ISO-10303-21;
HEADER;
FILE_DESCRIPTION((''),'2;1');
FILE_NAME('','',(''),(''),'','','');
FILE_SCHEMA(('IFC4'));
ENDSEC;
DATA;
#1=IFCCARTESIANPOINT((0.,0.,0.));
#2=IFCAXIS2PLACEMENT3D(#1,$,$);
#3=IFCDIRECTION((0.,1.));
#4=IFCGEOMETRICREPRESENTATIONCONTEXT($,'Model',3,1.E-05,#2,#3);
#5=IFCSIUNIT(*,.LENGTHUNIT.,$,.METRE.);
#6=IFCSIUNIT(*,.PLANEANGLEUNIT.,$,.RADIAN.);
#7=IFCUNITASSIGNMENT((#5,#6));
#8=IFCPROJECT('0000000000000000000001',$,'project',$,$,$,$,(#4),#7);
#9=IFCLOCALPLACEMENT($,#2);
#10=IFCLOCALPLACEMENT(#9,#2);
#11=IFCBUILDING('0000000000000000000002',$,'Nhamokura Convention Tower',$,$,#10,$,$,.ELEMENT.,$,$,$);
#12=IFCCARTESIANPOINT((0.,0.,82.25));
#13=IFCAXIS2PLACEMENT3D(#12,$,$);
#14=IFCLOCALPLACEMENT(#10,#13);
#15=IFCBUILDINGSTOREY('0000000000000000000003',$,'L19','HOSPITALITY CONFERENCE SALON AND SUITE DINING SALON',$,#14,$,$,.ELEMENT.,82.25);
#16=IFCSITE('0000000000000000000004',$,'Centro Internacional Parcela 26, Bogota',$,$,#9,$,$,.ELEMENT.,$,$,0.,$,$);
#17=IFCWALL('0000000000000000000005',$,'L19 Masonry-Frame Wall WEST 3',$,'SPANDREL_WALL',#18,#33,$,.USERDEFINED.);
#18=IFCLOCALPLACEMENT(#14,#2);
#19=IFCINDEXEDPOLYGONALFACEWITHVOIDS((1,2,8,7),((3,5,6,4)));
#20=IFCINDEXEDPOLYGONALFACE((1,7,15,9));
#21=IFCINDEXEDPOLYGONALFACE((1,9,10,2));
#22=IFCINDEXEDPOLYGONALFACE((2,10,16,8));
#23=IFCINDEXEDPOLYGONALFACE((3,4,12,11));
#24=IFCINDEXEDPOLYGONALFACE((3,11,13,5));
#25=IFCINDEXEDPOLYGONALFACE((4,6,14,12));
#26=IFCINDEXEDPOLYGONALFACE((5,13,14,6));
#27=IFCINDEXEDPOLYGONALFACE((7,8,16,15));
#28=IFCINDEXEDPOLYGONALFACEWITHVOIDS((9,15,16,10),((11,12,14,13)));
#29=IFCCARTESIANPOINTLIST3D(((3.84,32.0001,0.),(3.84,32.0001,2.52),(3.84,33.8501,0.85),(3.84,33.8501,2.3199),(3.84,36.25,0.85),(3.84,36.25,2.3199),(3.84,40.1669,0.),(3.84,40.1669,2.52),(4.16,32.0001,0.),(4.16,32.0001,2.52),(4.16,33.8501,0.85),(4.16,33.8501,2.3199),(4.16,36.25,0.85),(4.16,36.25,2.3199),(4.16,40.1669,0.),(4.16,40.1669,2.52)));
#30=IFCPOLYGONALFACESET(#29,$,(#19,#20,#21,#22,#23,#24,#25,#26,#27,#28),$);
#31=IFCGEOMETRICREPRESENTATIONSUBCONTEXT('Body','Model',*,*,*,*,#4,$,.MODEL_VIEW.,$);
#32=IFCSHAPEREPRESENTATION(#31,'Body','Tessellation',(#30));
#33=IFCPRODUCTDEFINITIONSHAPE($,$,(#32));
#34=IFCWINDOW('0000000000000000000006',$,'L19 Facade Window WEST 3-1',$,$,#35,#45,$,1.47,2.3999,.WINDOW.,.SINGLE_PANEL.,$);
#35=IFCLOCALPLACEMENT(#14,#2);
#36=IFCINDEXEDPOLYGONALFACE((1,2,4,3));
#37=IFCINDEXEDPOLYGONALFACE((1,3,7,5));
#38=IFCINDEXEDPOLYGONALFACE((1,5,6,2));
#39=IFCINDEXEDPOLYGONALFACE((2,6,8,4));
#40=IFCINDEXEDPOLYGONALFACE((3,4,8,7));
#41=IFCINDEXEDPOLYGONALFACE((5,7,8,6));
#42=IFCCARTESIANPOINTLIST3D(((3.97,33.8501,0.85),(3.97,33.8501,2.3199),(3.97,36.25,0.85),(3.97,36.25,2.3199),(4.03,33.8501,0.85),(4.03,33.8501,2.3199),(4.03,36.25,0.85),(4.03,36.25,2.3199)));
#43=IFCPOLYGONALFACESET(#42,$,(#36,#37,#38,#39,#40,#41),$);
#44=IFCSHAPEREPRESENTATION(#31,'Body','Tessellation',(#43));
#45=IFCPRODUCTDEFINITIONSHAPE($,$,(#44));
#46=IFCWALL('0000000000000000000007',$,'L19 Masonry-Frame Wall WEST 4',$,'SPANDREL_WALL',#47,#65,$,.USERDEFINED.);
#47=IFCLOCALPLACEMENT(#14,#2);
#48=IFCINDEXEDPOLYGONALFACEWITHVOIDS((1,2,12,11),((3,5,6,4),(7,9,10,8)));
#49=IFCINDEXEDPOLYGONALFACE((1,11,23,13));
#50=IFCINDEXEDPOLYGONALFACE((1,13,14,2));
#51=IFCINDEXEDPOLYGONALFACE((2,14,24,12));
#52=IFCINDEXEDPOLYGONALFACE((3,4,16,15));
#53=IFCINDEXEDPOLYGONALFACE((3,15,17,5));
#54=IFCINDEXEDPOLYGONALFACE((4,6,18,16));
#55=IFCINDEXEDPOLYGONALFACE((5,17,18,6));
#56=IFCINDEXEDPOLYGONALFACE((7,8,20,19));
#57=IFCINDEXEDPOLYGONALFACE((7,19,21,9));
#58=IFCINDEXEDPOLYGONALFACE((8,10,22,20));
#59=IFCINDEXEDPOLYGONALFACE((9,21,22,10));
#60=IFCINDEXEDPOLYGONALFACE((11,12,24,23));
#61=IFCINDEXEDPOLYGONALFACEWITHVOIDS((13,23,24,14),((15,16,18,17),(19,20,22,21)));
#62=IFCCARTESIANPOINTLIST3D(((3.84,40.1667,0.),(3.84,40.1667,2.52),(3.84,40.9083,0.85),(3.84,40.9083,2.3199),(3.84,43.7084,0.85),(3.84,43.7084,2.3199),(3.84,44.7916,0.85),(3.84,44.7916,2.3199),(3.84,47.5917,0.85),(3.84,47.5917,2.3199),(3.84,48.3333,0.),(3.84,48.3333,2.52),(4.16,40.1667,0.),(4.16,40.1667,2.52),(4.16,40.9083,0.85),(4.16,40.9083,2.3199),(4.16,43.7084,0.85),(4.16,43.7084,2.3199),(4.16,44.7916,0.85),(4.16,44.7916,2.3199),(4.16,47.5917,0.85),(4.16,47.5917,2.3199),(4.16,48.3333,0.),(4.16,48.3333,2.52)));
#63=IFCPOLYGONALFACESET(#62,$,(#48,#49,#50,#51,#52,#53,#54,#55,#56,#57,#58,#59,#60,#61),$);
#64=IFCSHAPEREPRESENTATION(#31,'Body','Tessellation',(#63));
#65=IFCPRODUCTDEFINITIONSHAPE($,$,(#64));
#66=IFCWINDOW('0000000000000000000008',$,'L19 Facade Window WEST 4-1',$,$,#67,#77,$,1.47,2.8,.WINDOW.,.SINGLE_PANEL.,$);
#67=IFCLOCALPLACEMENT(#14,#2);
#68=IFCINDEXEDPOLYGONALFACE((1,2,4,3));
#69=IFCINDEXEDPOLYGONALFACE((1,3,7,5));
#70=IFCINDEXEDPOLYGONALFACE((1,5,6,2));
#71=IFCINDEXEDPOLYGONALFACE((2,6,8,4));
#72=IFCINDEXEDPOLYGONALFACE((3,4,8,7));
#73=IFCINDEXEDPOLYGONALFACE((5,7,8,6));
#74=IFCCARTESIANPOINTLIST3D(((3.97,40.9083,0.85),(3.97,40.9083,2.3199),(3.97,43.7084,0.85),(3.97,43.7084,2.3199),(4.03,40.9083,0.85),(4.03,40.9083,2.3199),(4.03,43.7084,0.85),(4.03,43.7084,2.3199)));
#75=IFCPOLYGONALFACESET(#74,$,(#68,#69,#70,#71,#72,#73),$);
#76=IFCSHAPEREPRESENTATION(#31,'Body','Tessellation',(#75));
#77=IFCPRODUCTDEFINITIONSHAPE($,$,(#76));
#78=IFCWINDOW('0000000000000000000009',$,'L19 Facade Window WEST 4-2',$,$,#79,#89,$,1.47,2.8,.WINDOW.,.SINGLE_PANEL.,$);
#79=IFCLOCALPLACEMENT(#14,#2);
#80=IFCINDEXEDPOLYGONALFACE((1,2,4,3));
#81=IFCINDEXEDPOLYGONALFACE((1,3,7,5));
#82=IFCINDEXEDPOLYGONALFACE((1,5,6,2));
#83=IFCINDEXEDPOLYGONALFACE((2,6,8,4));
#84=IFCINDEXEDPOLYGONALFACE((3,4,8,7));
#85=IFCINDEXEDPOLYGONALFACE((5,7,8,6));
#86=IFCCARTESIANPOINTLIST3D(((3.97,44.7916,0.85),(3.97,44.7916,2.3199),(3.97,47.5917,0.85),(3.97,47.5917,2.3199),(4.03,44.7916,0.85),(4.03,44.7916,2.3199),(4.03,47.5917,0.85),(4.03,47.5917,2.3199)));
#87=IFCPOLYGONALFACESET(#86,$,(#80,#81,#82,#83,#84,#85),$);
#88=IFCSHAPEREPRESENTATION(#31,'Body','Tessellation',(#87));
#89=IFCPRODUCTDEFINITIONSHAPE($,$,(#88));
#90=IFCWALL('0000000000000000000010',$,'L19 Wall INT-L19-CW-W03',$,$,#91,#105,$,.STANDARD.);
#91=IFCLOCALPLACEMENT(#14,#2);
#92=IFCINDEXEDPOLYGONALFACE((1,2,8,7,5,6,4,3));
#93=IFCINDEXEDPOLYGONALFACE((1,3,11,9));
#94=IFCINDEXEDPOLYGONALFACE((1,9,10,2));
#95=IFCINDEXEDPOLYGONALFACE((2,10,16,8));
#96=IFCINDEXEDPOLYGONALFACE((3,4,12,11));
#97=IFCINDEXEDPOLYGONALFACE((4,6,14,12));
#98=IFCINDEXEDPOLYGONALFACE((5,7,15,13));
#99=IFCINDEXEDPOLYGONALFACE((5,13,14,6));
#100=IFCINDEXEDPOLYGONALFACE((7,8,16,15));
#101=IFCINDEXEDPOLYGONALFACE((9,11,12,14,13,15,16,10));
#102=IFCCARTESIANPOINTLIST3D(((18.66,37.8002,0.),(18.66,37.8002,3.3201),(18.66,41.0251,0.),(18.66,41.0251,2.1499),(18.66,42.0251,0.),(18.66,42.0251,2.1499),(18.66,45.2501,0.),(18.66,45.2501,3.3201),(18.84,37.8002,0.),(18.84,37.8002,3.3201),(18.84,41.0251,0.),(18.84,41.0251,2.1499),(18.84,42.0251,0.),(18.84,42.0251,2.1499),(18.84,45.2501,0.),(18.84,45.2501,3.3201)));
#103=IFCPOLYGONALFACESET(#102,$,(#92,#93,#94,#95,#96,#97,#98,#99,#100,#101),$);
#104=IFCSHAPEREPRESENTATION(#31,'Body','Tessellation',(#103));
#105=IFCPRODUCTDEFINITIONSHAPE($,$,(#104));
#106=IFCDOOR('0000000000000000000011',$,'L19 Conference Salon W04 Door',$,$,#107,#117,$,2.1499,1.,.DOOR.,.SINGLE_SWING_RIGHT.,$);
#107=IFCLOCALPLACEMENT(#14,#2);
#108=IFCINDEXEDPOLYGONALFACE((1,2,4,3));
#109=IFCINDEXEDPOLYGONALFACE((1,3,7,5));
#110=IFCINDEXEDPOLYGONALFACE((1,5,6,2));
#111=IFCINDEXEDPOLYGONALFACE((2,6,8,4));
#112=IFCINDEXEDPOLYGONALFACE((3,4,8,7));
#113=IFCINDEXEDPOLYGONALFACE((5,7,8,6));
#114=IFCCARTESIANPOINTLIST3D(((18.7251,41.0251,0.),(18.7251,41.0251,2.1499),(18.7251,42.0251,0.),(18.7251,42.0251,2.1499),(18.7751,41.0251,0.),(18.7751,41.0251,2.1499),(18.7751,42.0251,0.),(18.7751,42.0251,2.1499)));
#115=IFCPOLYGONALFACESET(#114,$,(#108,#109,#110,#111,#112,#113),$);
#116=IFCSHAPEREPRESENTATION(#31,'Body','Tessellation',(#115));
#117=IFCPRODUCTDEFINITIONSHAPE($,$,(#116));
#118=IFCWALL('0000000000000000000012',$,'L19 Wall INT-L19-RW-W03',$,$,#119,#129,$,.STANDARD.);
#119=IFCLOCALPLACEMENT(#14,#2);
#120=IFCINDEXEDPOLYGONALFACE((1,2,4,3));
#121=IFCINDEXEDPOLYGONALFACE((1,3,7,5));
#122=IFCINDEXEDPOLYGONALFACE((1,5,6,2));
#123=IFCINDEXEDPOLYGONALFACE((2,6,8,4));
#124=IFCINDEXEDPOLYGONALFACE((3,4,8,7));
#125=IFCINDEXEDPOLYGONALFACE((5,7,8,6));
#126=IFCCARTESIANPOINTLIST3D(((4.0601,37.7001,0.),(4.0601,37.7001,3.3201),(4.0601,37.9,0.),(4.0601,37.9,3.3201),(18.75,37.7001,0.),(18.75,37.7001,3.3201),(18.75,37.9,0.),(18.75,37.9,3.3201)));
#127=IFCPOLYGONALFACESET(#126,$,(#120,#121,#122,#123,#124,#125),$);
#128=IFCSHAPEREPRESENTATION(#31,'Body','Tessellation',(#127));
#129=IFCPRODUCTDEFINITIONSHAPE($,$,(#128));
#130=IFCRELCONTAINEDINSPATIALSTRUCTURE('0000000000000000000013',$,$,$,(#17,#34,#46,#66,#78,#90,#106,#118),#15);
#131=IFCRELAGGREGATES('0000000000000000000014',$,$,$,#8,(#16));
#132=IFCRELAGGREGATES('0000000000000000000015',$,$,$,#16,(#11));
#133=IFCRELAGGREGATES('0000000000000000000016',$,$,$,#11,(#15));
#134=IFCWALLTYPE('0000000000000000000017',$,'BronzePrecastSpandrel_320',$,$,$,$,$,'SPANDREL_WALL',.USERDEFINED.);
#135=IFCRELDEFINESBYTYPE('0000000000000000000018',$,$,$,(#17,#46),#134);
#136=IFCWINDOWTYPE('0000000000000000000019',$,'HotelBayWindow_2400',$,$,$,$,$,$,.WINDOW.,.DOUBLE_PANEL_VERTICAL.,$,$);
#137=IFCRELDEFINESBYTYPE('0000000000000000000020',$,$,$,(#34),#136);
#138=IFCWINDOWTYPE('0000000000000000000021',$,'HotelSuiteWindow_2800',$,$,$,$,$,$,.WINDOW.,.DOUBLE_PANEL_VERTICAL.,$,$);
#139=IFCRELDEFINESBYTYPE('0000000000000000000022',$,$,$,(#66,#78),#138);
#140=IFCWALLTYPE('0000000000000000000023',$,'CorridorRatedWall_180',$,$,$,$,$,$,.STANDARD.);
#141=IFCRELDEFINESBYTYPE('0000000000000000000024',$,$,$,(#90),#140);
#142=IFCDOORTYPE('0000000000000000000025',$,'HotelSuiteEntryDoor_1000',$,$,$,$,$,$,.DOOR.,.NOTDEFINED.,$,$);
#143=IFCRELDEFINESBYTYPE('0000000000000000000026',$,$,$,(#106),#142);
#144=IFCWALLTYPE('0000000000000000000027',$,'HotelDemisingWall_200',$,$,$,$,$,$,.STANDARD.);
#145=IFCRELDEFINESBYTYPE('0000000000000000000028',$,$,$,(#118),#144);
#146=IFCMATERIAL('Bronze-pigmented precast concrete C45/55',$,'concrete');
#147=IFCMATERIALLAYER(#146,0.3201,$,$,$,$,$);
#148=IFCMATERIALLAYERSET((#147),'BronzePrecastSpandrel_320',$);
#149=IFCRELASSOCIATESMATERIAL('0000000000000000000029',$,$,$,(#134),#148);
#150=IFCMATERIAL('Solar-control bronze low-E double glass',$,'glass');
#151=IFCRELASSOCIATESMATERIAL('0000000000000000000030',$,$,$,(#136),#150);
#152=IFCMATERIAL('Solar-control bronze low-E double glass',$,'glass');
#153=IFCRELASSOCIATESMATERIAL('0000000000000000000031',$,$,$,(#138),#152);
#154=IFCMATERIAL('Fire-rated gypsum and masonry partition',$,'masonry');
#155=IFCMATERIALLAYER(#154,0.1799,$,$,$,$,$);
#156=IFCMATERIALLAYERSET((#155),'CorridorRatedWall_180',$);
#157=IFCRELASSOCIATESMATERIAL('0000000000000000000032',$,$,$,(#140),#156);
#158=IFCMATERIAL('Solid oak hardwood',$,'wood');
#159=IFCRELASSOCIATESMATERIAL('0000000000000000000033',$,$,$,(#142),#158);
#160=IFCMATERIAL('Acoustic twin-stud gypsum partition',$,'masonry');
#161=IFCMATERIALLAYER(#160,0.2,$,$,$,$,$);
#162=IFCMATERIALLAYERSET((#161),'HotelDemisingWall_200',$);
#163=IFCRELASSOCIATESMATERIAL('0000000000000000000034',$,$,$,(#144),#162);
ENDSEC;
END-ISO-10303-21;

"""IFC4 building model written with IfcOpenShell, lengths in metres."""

from ifc_helpers import new_model, si_unit, direction, frame, frame_2d, origin, place, context, subcontext, project, spatial, rectangle, extrude, material, layer, layer_set, type_object, element, fill, save


model = new_model("IFC4")

# Units and contexts
model_context = context("Model", 3, precision=1e-05, world=origin(), true_north=direction((0.0, 1.0)))
body_context = subcontext(model_context, "Body", "Model", "MODEL_VIEW")
ifc_project = project(units=[si_unit("LENGTHUNIT", "METRE"), si_unit("PLANEANGLEUNIT", "RADIAN")], contexts=[model_context])

# Site, building, storey
site_placement = place(None, origin())
site = spatial("IfcSite", under=ifc_project, at=site_placement, Name="Centro Internacional Parcela 26, Bogota", CompositionType="ELEMENT", RefElevation=0.0)
building_placement = place(site_placement, origin())
building = spatial("IfcBuilding", under=site, at=building_placement, Name="Nhamokura Convention Tower", CompositionType="ELEMENT")
storey_placement = place(building_placement, frame((0.0, 0.0, 82.25)))
storey = spatial("IfcBuildingStorey", under=building, at=storey_placement, Name="L19", Description="HOSPITALITY CONFERENCE SALON AND SUITE DINING SALON", CompositionType="ELEMENT", Elevation=82.25)

# Wall, opening, window
ifc_material_1 = material(Name="Bronze-pigmented precast concrete C45/55", Category="concrete")
ifc_layer_1 = layer(ifc_material_1, 0.3201)
ifc_layer_set_1 = layer_set([ifc_layer_1], Name="BronzePrecastSpandrel_320")
wall_type_1 = type_object("IfcWallType", Name="BronzePrecastSpandrel_320", ElementType="SPANDREL_WALL", PredefinedType="USERDEFINED", material=ifc_layer_set_1)
wall_1_placement = place(storey_placement, frame((4.0, 32.0, 0.0), z_axis=(0.0, 0.0, 1.0), x_axis=(0.0, 1.0, 0.0)))
wall_1 = element("IfcWall", 1, at=wall_1_placement, inside=storey, type_object=wall_type_1, Name="L19 Masonry-Frame Wall WEST 3", ObjectType="SPANDREL_WALL", PredefinedType="USERDEFINED", context=body_context, shape_type="SweptSolid", body=[
    extrude(rectangle(XDim=8.1667, YDim=0.3201, at=frame_2d((4.0835, 0.0))), origin(), (0.0, 0.0, 1.0), 2.52),
])
opening_1_placement = place(wall_1_placement, frame((1.8501, 0.0, 0.8501)))
opening_1 = element("IfcOpeningElement", 2, at=opening_1_placement, cuts=wall_1, PredefinedType="OPENING", context=body_context, shape_type="SweptSolid", body=[
    extrude(rectangle(XDim=2.3999, YDim=1.47, at=frame_2d((1.2, 0.7349))), frame((0.0, 0.1699, 0.0), z_axis=(0.0, -1.0, 0.0), x_axis=(1.0, 0.0, 0.0)), (0.0, 0.0, 1.0), 0.3401),
])
ifc_material_2 = material(Name="Solar-control bronze low-E double glass", Category="glass")
window_type_1 = type_object("IfcWindowType", Name="HotelBayWindow_2400", PartitioningType="DOUBLE_PANEL_VERTICAL", PredefinedType="WINDOW", material=ifc_material_2)
window_1_placement = place(opening_1_placement, origin())
window_1 = element("IfcWindow", 3, at=window_1_placement, inside=storey, type_object=window_type_1, Name="L19 Facade Window WEST 3-1", OverallHeight=1.47, OverallWidth=2.3999, PartitioningType="SINGLE_PANEL", PredefinedType="WINDOW", context=body_context, shape_type="SweptSolid", body=[
    extrude(rectangle(XDim=2.3999, YDim=1.47, at=frame_2d((1.2, 0.7349))), frame((0.0, 0.03, 0.0), z_axis=(0.0, -1.0, 0.0), x_axis=(1.0, 0.0, 0.0)), (0.0, 0.0, 1.0), 0.0601),
])
fill(opening_1, window_1)

# Wall, openings, windows
wall_2_placement = place(storey_placement, frame((4.0, 40.1667, 0.0), z_axis=(0.0, 0.0, 1.0), x_axis=(0.0, 1.0, 0.0)))
wall_2 = element("IfcWall", 4, at=wall_2_placement, inside=storey, type_object=wall_type_1, Name="L19 Masonry-Frame Wall WEST 4", ObjectType="SPANDREL_WALL", PredefinedType="USERDEFINED", context=body_context, shape_type="SweptSolid", body=[
    extrude(rectangle(XDim=8.1665, YDim=0.3201, at=frame_2d((4.0833, 0.0))), origin(), (0.0, 0.0, 1.0), 2.52),
])
opening_2_placement = place(wall_2_placement, frame((0.7417, 0.0, 0.8501)))
opening_2 = element("IfcOpeningElement", 5, at=opening_2_placement, cuts=wall_2, PredefinedType="OPENING", context=body_context, shape_type="SweptSolid", body=[
    extrude(rectangle(XDim=2.8, YDim=1.47, at=frame_2d((1.3999, 0.7349))), frame((0.0, 0.1699, 0.0), z_axis=(0.0, -1.0, 0.0), x_axis=(1.0, 0.0, 0.0)), (0.0, 0.0, 1.0), 0.3401),
])
opening_3_placement = place(wall_2_placement, frame((4.625, 0.0, 0.8501)))
opening_3 = element("IfcOpeningElement", 6, at=opening_3_placement, cuts=wall_2, PredefinedType="OPENING", context=body_context, shape_type="SweptSolid", body=[
    extrude(rectangle(XDim=2.8, YDim=1.47, at=frame_2d((1.3999, 0.7349))), frame((0.0, 0.1699, 0.0), z_axis=(0.0, -1.0, 0.0), x_axis=(1.0, 0.0, 0.0)), (0.0, 0.0, 1.0), 0.3401),
])
ifc_material_3 = material(Name="Solar-control bronze low-E double glass", Category="glass")
window_type_2 = type_object("IfcWindowType", Name="HotelSuiteWindow_2800", PartitioningType="DOUBLE_PANEL_VERTICAL", PredefinedType="WINDOW", material=ifc_material_3)
window_2_placement = place(opening_2_placement, origin())
window_2 = element("IfcWindow", 7, at=window_2_placement, inside=storey, type_object=window_type_2, Name="L19 Facade Window WEST 4-1", OverallHeight=1.47, OverallWidth=2.8, PartitioningType="SINGLE_PANEL", PredefinedType="WINDOW", context=body_context, shape_type="SweptSolid", body=[
    extrude(rectangle(XDim=2.8, YDim=1.47, at=frame_2d((1.3999, 0.7349))), frame((0.0, 0.03, 0.0), z_axis=(0.0, -1.0, 0.0), x_axis=(1.0, 0.0, 0.0)), (0.0, 0.0, 1.0), 0.0601),
])
fill(opening_2, window_2)
window_3_placement = place(opening_3_placement, origin())
window_3 = element("IfcWindow", 8, at=window_3_placement, inside=storey, type_object=window_type_2, Name="L19 Facade Window WEST 4-2", OverallHeight=1.47, OverallWidth=2.8, PartitioningType="SINGLE_PANEL", PredefinedType="WINDOW", context=body_context, shape_type="SweptSolid", body=[
    extrude(rectangle(XDim=2.8, YDim=1.47, at=frame_2d((1.3999, 0.7349))), frame((0.0, 0.03, 0.0), z_axis=(0.0, -1.0, 0.0), x_axis=(1.0, 0.0, 0.0)), (0.0, 0.0, 1.0), 0.0601),
])
fill(opening_3, window_3)

# Wall, opening, door
ifc_material_4 = material(Name="Fire-rated gypsum and masonry partition", Category="masonry")
ifc_layer_2 = layer(ifc_material_4, 0.1799)
ifc_layer_set_2 = layer_set([ifc_layer_2], Name="CorridorRatedWall_180")
wall_type_2 = type_object("IfcWallType", Name="CorridorRatedWall_180", PredefinedType="STANDARD", material=ifc_layer_set_2)
wall_3_placement = place(storey_placement, frame((18.75, 37.8, 0.0), z_axis=(0.0, 0.0, 1.0), x_axis=(0.0, 1.0, 0.0)))
wall_3 = element("IfcWall", 9, at=wall_3_placement, inside=storey, type_object=wall_type_2, Name="L19 Wall INT-L19-CW-W03", PredefinedType="STANDARD", context=body_context, shape_type="SweptSolid", body=[
    extrude(rectangle(XDim=7.45, YDim=0.1799, at=frame_2d((3.7251, 0.0))), origin(), (0.0, 0.0, 1.0), 3.3201),
])
opening_4_placement = place(wall_3_placement, frame((3.2251, 0.0, 0.0)))
opening_4 = element("IfcOpeningElement", 10, at=opening_4_placement, cuts=wall_3, PredefinedType="OPENING", context=body_context, shape_type="SweptSolid", body=[
    extrude(rectangle(XDim=1.0, YDim=2.1499, at=frame_2d((0.5, 1.075))), frame((0.0, 0.0999, 0.0), z_axis=(0.0, -1.0, 0.0), x_axis=(1.0, 0.0, 0.0)), (0.0, 0.0, 1.0), 0.2),
])
ifc_material_5 = material(Name="Solid oak hardwood", Category="wood")
door_type = type_object("IfcDoorType", Name="HotelSuiteEntryDoor_1000", OperationType="NOTDEFINED", PredefinedType="DOOR", material=ifc_material_5)
door_placement = place(opening_4_placement, origin())
door = element("IfcDoor", 11, at=door_placement, inside=storey, type_object=door_type, Name="L19 Conference Salon W04 Door", OperationType="SINGLE_SWING_RIGHT", OverallHeight=2.1499, OverallWidth=1.0, PredefinedType="DOOR", context=body_context, shape_type="SweptSolid", body=[
    extrude(rectangle(XDim=1.0, YDim=2.1499, at=frame_2d((0.5, 1.075))), frame((0.0, 0.0249, 0.0), z_axis=(0.0, -1.0, 0.0), x_axis=(1.0, 0.0, 0.0)), (0.0, 0.0, 1.0), 0.05),
])
fill(opening_4, door)

# Wall
ifc_material_6 = material(Name="Acoustic twin-stud gypsum partition", Category="masonry")
ifc_layer_3 = layer(ifc_material_6, 0.2)
ifc_layer_set_3 = layer_set([ifc_layer_3], Name="HotelDemisingWall_200")
wall_type_3 = type_object("IfcWallType", Name="HotelDemisingWall_200", PredefinedType="STANDARD", material=ifc_layer_set_3)
wall_4_placement = place(storey_placement, frame((4.0601, 37.8, 0.0), z_axis=(0.0, 0.0, 1.0), x_axis=(1.0, 0.0, 0.0)))
element("IfcWall", 12, at=wall_4_placement, inside=storey, type_object=wall_type_3, Name="L19 Wall INT-L19-RW-W03", PredefinedType="STANDARD", context=body_context, shape_type="SweptSolid", body=[
    extrude(rectangle(XDim=14.6899, YDim=0.2, at=frame_2d((7.345, 0.0))), origin(), (0.0, 0.0, 1.0), 3.3201),
])

save(model, "model.ifc")
